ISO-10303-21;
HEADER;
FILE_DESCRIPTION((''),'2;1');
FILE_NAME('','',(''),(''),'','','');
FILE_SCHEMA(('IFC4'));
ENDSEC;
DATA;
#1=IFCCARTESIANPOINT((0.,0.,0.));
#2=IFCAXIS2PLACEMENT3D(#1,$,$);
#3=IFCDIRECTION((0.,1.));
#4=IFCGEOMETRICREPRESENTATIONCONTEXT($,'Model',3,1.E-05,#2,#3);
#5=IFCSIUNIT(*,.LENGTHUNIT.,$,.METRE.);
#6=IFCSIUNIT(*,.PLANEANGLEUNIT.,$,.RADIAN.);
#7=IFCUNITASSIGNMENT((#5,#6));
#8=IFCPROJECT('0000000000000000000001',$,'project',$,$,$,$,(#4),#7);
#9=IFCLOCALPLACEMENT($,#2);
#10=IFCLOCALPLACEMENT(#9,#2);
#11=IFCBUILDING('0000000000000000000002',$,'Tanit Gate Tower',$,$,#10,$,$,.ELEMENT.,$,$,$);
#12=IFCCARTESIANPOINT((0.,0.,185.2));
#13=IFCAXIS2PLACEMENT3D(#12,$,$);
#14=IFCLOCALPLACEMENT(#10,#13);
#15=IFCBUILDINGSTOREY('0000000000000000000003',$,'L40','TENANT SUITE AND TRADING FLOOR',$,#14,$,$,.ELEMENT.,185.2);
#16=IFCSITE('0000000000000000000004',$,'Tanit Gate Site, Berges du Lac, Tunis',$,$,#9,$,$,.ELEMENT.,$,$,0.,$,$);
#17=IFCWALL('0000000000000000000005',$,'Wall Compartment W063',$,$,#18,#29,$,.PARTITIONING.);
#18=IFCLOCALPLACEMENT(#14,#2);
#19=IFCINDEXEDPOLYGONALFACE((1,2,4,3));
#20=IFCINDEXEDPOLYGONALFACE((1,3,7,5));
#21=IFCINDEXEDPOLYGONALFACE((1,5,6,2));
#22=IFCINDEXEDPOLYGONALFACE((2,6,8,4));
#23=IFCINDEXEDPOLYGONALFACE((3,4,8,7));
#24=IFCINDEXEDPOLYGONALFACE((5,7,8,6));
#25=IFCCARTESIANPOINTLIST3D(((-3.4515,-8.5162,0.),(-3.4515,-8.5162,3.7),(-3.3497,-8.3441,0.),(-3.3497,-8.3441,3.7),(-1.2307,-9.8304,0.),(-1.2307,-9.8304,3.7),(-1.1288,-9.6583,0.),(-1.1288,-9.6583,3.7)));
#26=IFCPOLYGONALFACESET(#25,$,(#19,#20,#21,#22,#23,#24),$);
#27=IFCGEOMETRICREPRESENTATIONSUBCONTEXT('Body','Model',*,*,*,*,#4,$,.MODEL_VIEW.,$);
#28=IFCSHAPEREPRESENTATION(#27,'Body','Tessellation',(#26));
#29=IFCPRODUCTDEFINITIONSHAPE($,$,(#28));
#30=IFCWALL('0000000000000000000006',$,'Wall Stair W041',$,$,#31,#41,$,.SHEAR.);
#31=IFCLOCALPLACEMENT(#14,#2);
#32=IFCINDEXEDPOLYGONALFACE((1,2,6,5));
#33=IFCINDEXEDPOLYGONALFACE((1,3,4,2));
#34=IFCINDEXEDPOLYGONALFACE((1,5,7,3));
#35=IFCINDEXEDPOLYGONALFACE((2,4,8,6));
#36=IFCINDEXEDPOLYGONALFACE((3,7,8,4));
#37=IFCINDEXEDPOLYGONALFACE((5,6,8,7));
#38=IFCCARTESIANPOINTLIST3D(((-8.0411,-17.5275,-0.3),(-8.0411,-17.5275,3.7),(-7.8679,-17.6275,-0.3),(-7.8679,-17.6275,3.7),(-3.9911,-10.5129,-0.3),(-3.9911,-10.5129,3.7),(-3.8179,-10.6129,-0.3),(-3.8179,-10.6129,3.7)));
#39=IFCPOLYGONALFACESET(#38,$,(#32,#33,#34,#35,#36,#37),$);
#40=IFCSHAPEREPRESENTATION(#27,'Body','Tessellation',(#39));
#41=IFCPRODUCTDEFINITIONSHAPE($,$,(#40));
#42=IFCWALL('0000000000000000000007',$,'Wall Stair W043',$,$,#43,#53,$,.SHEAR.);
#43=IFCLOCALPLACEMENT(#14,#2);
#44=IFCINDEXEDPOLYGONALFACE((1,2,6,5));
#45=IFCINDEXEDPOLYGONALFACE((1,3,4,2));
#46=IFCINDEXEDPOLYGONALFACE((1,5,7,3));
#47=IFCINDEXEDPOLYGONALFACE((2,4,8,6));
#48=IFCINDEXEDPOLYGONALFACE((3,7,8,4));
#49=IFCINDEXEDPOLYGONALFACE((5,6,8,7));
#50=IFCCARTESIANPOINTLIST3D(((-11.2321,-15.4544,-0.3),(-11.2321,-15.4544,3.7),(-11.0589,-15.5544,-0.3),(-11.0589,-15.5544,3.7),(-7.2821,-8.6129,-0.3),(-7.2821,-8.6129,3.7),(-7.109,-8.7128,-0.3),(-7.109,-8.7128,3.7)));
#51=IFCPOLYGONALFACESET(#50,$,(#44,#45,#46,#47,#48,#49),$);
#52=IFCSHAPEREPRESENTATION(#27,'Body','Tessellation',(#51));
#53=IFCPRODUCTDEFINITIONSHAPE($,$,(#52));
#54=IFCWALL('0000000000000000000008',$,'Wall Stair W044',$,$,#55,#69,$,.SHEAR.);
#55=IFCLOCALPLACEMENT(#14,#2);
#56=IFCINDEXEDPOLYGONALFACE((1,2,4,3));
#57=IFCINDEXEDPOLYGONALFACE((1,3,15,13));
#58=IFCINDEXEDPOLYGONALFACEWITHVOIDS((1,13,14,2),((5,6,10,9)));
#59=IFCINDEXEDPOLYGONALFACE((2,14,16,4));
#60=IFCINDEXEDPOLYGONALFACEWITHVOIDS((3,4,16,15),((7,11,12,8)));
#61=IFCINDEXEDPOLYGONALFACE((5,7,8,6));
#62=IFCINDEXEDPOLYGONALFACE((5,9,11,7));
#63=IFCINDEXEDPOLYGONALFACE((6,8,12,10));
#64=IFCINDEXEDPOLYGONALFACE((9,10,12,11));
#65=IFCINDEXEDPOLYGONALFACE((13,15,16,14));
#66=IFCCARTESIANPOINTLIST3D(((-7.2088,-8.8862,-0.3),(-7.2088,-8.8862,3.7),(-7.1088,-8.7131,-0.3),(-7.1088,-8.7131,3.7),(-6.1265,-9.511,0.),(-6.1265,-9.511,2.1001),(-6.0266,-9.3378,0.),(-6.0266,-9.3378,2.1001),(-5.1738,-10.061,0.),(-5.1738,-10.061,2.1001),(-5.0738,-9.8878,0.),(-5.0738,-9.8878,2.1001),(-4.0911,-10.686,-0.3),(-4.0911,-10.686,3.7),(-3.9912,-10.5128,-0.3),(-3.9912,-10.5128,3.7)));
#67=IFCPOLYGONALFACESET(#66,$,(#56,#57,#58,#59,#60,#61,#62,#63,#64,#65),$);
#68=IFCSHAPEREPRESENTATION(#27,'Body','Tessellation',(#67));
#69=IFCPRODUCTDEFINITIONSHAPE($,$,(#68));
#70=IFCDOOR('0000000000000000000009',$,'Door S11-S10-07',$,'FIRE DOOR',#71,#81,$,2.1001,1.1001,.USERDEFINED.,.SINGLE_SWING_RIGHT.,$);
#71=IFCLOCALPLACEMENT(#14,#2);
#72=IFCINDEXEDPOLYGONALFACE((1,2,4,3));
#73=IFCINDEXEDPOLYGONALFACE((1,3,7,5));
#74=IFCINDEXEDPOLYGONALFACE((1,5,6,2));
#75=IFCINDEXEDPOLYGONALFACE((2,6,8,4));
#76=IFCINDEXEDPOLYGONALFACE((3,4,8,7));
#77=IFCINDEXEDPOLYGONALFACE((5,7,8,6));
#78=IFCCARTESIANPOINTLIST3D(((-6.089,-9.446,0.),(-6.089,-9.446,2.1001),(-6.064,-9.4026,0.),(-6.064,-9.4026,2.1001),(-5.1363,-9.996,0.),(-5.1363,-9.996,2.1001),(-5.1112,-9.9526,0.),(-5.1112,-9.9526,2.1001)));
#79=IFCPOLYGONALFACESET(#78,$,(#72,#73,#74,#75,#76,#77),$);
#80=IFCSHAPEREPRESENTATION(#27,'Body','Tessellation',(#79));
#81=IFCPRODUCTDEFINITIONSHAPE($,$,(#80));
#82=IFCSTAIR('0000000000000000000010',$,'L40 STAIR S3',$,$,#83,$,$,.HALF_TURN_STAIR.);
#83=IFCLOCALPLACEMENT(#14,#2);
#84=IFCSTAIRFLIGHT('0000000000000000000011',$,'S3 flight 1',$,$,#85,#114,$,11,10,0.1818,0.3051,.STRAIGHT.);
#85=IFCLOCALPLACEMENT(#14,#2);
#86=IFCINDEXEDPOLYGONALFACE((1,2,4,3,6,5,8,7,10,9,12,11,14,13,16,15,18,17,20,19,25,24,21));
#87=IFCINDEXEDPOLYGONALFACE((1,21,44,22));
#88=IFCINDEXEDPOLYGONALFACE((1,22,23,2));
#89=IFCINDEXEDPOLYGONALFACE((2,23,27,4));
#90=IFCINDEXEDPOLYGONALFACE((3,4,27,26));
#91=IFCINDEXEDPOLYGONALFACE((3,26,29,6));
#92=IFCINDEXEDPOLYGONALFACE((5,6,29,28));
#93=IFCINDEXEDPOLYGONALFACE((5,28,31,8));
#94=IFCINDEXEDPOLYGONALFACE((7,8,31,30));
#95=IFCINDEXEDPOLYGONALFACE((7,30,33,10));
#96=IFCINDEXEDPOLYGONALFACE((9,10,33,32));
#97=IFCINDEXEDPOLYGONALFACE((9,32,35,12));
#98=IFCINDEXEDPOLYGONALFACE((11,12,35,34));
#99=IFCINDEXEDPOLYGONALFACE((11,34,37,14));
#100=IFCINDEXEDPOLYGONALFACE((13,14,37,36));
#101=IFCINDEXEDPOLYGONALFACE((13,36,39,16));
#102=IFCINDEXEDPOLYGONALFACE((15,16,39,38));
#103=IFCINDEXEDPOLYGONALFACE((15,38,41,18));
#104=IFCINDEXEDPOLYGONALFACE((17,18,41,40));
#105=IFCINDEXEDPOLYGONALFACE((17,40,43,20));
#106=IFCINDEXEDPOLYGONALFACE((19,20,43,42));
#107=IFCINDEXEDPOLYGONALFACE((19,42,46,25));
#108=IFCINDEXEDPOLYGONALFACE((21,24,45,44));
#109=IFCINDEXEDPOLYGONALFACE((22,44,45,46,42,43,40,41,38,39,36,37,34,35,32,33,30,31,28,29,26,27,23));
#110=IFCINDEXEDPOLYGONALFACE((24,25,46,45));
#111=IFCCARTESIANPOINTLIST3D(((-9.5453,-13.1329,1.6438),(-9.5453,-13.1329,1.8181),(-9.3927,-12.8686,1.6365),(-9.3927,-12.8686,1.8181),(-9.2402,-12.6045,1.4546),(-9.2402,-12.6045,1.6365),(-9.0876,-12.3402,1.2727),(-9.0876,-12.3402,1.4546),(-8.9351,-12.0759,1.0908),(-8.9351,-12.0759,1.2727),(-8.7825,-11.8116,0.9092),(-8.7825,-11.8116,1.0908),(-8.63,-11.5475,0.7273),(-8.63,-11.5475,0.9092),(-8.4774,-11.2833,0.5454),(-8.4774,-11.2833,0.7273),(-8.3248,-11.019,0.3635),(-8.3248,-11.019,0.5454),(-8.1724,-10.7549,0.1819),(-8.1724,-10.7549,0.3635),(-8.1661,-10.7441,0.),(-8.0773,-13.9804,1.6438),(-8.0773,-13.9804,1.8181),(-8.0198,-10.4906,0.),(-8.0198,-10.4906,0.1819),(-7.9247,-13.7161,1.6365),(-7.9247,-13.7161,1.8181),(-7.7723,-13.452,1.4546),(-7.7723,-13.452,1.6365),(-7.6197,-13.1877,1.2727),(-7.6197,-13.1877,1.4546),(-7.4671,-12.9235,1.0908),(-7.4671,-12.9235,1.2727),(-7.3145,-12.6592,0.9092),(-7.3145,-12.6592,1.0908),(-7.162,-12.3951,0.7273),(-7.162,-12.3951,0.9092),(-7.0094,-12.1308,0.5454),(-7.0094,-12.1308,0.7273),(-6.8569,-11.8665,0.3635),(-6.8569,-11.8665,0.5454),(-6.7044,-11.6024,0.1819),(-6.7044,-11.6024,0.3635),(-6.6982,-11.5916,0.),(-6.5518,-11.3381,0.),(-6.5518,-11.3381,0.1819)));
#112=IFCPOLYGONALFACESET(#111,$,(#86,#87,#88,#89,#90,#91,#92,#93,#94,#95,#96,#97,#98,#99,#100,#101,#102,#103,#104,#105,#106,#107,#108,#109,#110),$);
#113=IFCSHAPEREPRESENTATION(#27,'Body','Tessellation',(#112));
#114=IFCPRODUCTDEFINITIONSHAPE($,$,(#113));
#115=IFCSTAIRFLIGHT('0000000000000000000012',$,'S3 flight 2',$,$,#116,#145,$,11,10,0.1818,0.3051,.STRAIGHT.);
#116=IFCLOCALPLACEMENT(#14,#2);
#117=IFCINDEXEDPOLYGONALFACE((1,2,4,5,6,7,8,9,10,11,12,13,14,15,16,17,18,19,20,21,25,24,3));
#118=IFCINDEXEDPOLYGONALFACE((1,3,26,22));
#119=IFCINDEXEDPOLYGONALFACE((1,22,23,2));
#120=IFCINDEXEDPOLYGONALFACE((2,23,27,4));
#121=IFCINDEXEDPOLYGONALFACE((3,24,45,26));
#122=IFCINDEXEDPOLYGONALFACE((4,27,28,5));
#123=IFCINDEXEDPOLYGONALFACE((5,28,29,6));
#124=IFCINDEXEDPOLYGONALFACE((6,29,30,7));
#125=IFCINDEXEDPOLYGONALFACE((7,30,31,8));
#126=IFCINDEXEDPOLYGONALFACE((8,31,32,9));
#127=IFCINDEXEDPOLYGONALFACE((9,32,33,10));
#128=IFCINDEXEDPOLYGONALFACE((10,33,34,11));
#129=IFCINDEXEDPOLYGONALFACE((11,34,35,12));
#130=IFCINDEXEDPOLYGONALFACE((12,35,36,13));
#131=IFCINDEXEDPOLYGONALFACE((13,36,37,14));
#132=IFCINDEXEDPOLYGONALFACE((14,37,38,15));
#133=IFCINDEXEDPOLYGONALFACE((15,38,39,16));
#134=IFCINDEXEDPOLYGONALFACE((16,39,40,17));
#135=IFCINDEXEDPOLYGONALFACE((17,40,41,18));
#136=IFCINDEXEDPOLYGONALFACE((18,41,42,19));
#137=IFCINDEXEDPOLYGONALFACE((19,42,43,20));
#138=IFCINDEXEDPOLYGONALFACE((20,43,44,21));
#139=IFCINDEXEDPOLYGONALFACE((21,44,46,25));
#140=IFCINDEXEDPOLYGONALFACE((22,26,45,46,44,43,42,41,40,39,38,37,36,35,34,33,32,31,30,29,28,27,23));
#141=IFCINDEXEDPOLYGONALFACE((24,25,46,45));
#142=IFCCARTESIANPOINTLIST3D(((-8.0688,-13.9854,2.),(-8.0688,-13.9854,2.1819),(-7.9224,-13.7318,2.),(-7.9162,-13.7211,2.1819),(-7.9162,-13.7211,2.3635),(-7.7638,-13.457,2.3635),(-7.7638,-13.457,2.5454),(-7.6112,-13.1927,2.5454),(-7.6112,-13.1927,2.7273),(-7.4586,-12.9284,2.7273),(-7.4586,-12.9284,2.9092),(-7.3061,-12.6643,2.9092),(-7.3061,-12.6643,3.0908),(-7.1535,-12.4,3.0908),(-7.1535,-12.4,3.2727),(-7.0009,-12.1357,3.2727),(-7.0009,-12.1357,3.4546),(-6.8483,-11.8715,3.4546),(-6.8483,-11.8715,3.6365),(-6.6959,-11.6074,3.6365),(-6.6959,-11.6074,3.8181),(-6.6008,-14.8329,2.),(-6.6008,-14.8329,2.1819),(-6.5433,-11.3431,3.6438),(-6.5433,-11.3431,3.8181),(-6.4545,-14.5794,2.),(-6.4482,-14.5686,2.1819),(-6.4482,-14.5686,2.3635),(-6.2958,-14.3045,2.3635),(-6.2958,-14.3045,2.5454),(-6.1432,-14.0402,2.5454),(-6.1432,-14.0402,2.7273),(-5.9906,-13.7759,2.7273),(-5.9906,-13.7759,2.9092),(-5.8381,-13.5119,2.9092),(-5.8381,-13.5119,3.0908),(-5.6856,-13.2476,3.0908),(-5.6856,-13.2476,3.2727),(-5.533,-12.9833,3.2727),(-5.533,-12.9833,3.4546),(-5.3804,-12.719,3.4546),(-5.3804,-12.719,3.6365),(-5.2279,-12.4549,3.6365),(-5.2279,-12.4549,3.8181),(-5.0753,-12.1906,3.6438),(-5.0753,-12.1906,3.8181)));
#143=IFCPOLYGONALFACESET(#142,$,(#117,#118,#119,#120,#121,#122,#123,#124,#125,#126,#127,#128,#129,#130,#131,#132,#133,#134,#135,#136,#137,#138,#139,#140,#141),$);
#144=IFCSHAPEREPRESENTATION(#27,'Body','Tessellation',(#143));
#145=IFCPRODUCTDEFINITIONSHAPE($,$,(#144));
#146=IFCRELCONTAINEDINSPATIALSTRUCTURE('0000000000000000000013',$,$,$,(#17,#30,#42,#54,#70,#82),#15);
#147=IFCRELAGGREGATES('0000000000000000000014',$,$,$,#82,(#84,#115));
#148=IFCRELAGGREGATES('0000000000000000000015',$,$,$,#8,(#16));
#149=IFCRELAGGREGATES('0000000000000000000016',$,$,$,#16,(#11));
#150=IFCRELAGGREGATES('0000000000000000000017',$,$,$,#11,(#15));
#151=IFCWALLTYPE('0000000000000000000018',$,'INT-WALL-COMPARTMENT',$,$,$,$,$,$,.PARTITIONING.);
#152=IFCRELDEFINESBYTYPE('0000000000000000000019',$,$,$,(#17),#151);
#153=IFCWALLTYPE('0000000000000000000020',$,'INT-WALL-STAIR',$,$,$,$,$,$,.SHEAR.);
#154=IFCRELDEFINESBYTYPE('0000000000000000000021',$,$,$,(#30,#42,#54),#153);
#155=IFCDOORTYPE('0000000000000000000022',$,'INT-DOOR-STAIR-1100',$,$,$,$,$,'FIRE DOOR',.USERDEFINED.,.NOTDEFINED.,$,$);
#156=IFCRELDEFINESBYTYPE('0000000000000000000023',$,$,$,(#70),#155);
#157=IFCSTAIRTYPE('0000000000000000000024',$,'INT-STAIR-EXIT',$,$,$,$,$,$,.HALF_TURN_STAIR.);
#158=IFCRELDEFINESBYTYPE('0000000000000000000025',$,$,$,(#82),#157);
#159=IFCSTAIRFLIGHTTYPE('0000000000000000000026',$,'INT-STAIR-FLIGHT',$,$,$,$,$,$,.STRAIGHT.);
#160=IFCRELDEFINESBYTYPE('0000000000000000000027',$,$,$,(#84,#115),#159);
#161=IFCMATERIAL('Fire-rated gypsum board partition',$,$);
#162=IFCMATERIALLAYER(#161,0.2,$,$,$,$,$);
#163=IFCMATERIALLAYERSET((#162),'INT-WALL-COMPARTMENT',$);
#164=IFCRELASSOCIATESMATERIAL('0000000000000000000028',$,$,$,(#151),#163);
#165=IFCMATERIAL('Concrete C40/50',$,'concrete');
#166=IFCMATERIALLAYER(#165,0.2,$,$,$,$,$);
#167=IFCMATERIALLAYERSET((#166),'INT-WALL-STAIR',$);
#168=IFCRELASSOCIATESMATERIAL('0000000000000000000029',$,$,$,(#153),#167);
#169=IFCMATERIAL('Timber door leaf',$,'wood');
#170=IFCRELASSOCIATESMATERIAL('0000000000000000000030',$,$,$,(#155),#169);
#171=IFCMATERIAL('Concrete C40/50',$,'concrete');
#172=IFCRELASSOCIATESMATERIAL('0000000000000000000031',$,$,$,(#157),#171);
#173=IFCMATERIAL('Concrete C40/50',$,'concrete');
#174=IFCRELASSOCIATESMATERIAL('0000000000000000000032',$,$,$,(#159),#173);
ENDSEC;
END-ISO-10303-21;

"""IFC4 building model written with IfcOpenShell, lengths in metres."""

from ifc_helpers import new_model, si_unit, direction, frame, frame_2d, origin, place, context, subcontext, project, spatial, polyline, rectangle, outline, extrude, material, layer, layer_set, type_object, element, fill, aggregate, save


model = new_model("IFC4")

# Units and contexts
model_context = context("Model", 3, precision=1e-05, world=origin(), true_north=direction((0.0, 1.0)))
body_context = subcontext(model_context, "Body", "Model", "MODEL_VIEW")
ifc_project = project(units=[si_unit("LENGTHUNIT", "METRE"), si_unit("PLANEANGLEUNIT", "RADIAN")], contexts=[model_context])

# Site, building, storey
site_placement = place(None, origin())
site = spatial("IfcSite", under=ifc_project, at=site_placement, Name="Tanit Gate Site, Berges du Lac, Tunis", CompositionType="ELEMENT", RefElevation=0.0)
building_placement = place(site_placement, origin())
building = spatial("IfcBuilding", under=site, at=building_placement, Name="Tanit Gate Tower", CompositionType="ELEMENT")
storey_placement = place(building_placement, frame((0.0, 0.0, 185.2)))
storey = spatial("IfcBuildingStorey", under=building, at=storey_placement, Name="L40", Description="TENANT SUITE AND TRADING FLOOR", CompositionType="ELEMENT", Elevation=185.2)

# Wall
ifc_material_1 = material(Name="Fire-rated gypsum board partition")
ifc_layer_1 = layer(ifc_material_1, 0.2)
ifc_layer_set_1 = layer_set([ifc_layer_1], Name="INT-WALL-COMPARTMENT")
wall_type_1 = type_object("IfcWallType", Name="INT-WALL-COMPARTMENT", PredefinedType="PARTITIONING", material=ifc_layer_set_1)
wall_1_placement = place(storey_placement, frame((-3.4006, -8.4302, 0.0), z_axis=(0.0, 0.0, 1.0), x_axis=(0.860616, -0.509255, 0.0)))
element("IfcWall", 1, at=wall_1_placement, inside=storey, type_object=wall_type_1, Name="Wall Compartment W063", PredefinedType="PARTITIONING", context=body_context, shape_type="SweptSolid", body=[
    extrude(rectangle(XDim=2.5806, YDim=0.2, at=frame_2d((1.2903, 0.0))), origin(), (0.0, 0.0, 1.0), 3.7),
])

# Walls
ifc_material_2 = material(Name="Concrete C40/50", Category="concrete")
ifc_layer_2 = layer(ifc_material_2, 0.2)
ifc_layer_set_2 = layer_set([ifc_layer_2], Name="INT-WALL-STAIR")
wall_type_2 = type_object("IfcWallType", Name="INT-WALL-STAIR", PredefinedType="SHEAR", material=ifc_layer_set_2)
wall_2_placement = place(storey_placement, frame((-3.9045, -10.563, -0.3), z_axis=(0.0, 0.0, 1.0), x_axis=(-0.500013, -0.866018, 0.0)))
element("IfcWall", 2, at=wall_2_placement, inside=storey, type_object=wall_type_2, Name="Wall Stair W041", PredefinedType="SHEAR", context=body_context, shape_type="SweptSolid", body=[
    extrude(rectangle(XDim=8.0999, YDim=0.2, at=frame_2d((4.0498, 0.0))), origin(), (0.0, 0.0, 1.0), 4.0),
])
wall_3_placement = place(storey_placement, frame((-7.1956, -8.6628, -0.3), z_axis=(0.0, 0.0, 1.0), x_axis=(-0.499998, -0.866027, 0.0)))
element("IfcWall", 3, at=wall_3_placement, inside=storey, type_object=wall_type_2, Name="Wall Stair W043", PredefinedType="SHEAR", context=body_context, shape_type="SweptSolid", body=[
    extrude(rectangle(XDim=7.8999, YDim=0.2, at=frame_2d((3.95, 0.0))), origin(), (0.0, 0.0, 1.0), 4.0),
])

# Wall, opening, door
wall_4_placement = place(storey_placement, frame((-4.0413, -10.5994, -0.3), z_axis=(0.0, 0.0, 1.0), x_axis=(-0.866048, 0.499961, 0.0)))
wall_4 = element("IfcWall", 4, at=wall_4_placement, inside=storey, type_object=wall_type_2, Name="Wall Stair W044", PredefinedType="SHEAR", context=body_context, shape_type="SweptSolid", body=[
    extrude(rectangle(XDim=3.5999, YDim=0.2, at=frame_2d((1.7998, 0.0))), origin(), (0.0, 0.0, 1.0), 4.0),
])
opening_1_placement = place(wall_4_placement, frame((1.25, 0.0, 0.3)))
opening_1 = element("IfcOpeningElement", 5, at=opening_1_placement, cuts=wall_4, PredefinedType="OPENING", context=body_context, shape_type="SweptSolid", body=[
    extrude(rectangle(XDim=1.1001, YDim=2.1001, at=frame_2d((0.55, 1.05))), frame((0.0, 0.1099, 0.0), z_axis=(0.0, -1.0, 0.0), x_axis=(1.0, 0.0, 0.0)), (0.0, 0.0, 1.0), 0.22),
])
ifc_material_3 = material(Name="Timber door leaf", Category="wood")
door_type_1 = type_object("IfcDoorType", Name="INT-DOOR-STAIR-1100", ElementType="FIRE DOOR", OperationType="NOTDEFINED", PredefinedType="USERDEFINED", material=ifc_material_3)
door_1_placement = place(opening_1_placement, origin())
door_1 = element("IfcDoor", 6, at=door_1_placement, inside=storey, type_object=door_type_1, Name="Door S11-S10-07", ObjectType="FIRE DOOR", OperationType="SINGLE_SWING_RIGHT", OverallHeight=2.1001, OverallWidth=1.1001, PredefinedType="USERDEFINED", context=body_context, shape_type="SweptSolid", body=[
    extrude(rectangle(XDim=1.1001, YDim=2.1001, at=frame_2d((0.55, 1.05))), frame((0.0, 0.0249, 0.0), z_axis=(0.0, -1.0, 0.0), x_axis=(1.0, 0.0, 0.0)), (0.0, 0.0, 1.0), 0.05),
])
fill(opening_1, door_1)

# Stair, stair flights
ifc_material_4 = material(Name="Concrete C40/50", Category="concrete")
stair_type = type_object("IfcStairType", Name="INT-STAIR-EXIT", PredefinedType="HALF_TURN_STAIR", material=ifc_material_4)
stair_placement = place(storey_placement, origin())
stair = element("IfcStair", 7, at=stair_placement, inside=storey, type_object=stair_type, Name="L40 STAIR S3", PredefinedType="HALF_TURN_STAIR")
ifc_material_5 = material(Name="Concrete C40/50", Category="concrete")
stair_flight_type = type_object("IfcStairFlightType", Name="INT-STAIR-FLIGHT", PredefinedType="STRAIGHT", material=ifc_material_5)
stair_flight_1_placement = place(storey_placement, frame((-7.2859, -10.9143, 0.0), z_axis=(0.0, 0.0, 1.0), x_axis=(-0.5, -0.866025, 0.0)))
stair_flight_1 = element("IfcStairFlight", 8, at=stair_flight_1_placement, type_object=stair_flight_type, Name="S3 flight 1", NumberOfRisers=11, NumberOfTreads=10, PredefinedType="STRAIGHT", RiserHeight=0.1818, TreadLength=0.3051, context=body_context, shape_type="SweptSolid", body=[
    extrude(outline(polyline([(0.0, 0.0), (0.0, 0.1819), (0.3052, 0.1819), (0.3052, 0.3635), (0.6101, 0.3635), (0.6101, 0.5454), (0.9153, 0.5454), (0.9153, 0.7273), (1.2205, 0.7273), (1.2205, 0.9092), (1.5254, 0.9092), (1.5254, 1.0908), (1.8306, 1.0908), (1.8306, 1.2727), (2.1357, 1.2727), (2.1357, 1.4546), (2.4409, 1.4546), (2.4409, 1.6365), (2.7458, 1.6365), (2.7458, 1.8181), (3.051, 1.8181), (3.051, 2.0), (3.051, 1.6438), (0.2927, 0.0), (0.0, 0.0)])), frame((0.0, 0.8477, 0.0), z_axis=(0.0, -1.0, 0.0), x_axis=(1.0, 0.0, 0.0)), (0.0, 0.0, 1.0), 1.6951),
])
stair_flight_2_placement = place(storey_placement, frame((-7.3347, -14.4092, 2.0), z_axis=(0.0, 0.0, 1.0), x_axis=(0.5, 0.866025, 0.0)))
stair_flight_2 = element("IfcStairFlight", 9, at=stair_flight_2_placement, type_object=stair_flight_type, Name="S3 flight 2", NumberOfRisers=11, NumberOfTreads=10, PredefinedType="STRAIGHT", RiserHeight=0.1818, TreadLength=0.3051, context=body_context, shape_type="SweptSolid", body=[
    extrude(outline(polyline([(0.0, 0.0), (0.0, 0.1819), (0.3052, 0.1819), (0.3052, 0.3635), (0.6101, 0.3635), (0.6101, 0.5454), (0.9153, 0.5454), (0.9153, 0.7273), (1.2205, 0.7273), (1.2205, 0.9092), (1.5254, 0.9092), (1.5254, 1.0908), (1.8306, 1.0908), (1.8306, 1.2727), (2.1357, 1.2727), (2.1357, 1.4546), (2.4409, 1.4546), (2.4409, 1.6365), (2.7458, 1.6365), (2.7458, 1.8181), (3.051, 1.8181), (3.051, 2.0), (3.051, 1.6438), (0.2927, 0.0), (0.0, 0.0)])), frame((0.0, 0.8477, 0.0), z_axis=(0.0, -1.0, 0.0), x_axis=(1.0, 0.0, 0.0)), (0.0, 0.0, 1.0), 1.6951),
])
aggregate(stair, [stair_flight_1, stair_flight_2])

save(model, "model.ifc")
